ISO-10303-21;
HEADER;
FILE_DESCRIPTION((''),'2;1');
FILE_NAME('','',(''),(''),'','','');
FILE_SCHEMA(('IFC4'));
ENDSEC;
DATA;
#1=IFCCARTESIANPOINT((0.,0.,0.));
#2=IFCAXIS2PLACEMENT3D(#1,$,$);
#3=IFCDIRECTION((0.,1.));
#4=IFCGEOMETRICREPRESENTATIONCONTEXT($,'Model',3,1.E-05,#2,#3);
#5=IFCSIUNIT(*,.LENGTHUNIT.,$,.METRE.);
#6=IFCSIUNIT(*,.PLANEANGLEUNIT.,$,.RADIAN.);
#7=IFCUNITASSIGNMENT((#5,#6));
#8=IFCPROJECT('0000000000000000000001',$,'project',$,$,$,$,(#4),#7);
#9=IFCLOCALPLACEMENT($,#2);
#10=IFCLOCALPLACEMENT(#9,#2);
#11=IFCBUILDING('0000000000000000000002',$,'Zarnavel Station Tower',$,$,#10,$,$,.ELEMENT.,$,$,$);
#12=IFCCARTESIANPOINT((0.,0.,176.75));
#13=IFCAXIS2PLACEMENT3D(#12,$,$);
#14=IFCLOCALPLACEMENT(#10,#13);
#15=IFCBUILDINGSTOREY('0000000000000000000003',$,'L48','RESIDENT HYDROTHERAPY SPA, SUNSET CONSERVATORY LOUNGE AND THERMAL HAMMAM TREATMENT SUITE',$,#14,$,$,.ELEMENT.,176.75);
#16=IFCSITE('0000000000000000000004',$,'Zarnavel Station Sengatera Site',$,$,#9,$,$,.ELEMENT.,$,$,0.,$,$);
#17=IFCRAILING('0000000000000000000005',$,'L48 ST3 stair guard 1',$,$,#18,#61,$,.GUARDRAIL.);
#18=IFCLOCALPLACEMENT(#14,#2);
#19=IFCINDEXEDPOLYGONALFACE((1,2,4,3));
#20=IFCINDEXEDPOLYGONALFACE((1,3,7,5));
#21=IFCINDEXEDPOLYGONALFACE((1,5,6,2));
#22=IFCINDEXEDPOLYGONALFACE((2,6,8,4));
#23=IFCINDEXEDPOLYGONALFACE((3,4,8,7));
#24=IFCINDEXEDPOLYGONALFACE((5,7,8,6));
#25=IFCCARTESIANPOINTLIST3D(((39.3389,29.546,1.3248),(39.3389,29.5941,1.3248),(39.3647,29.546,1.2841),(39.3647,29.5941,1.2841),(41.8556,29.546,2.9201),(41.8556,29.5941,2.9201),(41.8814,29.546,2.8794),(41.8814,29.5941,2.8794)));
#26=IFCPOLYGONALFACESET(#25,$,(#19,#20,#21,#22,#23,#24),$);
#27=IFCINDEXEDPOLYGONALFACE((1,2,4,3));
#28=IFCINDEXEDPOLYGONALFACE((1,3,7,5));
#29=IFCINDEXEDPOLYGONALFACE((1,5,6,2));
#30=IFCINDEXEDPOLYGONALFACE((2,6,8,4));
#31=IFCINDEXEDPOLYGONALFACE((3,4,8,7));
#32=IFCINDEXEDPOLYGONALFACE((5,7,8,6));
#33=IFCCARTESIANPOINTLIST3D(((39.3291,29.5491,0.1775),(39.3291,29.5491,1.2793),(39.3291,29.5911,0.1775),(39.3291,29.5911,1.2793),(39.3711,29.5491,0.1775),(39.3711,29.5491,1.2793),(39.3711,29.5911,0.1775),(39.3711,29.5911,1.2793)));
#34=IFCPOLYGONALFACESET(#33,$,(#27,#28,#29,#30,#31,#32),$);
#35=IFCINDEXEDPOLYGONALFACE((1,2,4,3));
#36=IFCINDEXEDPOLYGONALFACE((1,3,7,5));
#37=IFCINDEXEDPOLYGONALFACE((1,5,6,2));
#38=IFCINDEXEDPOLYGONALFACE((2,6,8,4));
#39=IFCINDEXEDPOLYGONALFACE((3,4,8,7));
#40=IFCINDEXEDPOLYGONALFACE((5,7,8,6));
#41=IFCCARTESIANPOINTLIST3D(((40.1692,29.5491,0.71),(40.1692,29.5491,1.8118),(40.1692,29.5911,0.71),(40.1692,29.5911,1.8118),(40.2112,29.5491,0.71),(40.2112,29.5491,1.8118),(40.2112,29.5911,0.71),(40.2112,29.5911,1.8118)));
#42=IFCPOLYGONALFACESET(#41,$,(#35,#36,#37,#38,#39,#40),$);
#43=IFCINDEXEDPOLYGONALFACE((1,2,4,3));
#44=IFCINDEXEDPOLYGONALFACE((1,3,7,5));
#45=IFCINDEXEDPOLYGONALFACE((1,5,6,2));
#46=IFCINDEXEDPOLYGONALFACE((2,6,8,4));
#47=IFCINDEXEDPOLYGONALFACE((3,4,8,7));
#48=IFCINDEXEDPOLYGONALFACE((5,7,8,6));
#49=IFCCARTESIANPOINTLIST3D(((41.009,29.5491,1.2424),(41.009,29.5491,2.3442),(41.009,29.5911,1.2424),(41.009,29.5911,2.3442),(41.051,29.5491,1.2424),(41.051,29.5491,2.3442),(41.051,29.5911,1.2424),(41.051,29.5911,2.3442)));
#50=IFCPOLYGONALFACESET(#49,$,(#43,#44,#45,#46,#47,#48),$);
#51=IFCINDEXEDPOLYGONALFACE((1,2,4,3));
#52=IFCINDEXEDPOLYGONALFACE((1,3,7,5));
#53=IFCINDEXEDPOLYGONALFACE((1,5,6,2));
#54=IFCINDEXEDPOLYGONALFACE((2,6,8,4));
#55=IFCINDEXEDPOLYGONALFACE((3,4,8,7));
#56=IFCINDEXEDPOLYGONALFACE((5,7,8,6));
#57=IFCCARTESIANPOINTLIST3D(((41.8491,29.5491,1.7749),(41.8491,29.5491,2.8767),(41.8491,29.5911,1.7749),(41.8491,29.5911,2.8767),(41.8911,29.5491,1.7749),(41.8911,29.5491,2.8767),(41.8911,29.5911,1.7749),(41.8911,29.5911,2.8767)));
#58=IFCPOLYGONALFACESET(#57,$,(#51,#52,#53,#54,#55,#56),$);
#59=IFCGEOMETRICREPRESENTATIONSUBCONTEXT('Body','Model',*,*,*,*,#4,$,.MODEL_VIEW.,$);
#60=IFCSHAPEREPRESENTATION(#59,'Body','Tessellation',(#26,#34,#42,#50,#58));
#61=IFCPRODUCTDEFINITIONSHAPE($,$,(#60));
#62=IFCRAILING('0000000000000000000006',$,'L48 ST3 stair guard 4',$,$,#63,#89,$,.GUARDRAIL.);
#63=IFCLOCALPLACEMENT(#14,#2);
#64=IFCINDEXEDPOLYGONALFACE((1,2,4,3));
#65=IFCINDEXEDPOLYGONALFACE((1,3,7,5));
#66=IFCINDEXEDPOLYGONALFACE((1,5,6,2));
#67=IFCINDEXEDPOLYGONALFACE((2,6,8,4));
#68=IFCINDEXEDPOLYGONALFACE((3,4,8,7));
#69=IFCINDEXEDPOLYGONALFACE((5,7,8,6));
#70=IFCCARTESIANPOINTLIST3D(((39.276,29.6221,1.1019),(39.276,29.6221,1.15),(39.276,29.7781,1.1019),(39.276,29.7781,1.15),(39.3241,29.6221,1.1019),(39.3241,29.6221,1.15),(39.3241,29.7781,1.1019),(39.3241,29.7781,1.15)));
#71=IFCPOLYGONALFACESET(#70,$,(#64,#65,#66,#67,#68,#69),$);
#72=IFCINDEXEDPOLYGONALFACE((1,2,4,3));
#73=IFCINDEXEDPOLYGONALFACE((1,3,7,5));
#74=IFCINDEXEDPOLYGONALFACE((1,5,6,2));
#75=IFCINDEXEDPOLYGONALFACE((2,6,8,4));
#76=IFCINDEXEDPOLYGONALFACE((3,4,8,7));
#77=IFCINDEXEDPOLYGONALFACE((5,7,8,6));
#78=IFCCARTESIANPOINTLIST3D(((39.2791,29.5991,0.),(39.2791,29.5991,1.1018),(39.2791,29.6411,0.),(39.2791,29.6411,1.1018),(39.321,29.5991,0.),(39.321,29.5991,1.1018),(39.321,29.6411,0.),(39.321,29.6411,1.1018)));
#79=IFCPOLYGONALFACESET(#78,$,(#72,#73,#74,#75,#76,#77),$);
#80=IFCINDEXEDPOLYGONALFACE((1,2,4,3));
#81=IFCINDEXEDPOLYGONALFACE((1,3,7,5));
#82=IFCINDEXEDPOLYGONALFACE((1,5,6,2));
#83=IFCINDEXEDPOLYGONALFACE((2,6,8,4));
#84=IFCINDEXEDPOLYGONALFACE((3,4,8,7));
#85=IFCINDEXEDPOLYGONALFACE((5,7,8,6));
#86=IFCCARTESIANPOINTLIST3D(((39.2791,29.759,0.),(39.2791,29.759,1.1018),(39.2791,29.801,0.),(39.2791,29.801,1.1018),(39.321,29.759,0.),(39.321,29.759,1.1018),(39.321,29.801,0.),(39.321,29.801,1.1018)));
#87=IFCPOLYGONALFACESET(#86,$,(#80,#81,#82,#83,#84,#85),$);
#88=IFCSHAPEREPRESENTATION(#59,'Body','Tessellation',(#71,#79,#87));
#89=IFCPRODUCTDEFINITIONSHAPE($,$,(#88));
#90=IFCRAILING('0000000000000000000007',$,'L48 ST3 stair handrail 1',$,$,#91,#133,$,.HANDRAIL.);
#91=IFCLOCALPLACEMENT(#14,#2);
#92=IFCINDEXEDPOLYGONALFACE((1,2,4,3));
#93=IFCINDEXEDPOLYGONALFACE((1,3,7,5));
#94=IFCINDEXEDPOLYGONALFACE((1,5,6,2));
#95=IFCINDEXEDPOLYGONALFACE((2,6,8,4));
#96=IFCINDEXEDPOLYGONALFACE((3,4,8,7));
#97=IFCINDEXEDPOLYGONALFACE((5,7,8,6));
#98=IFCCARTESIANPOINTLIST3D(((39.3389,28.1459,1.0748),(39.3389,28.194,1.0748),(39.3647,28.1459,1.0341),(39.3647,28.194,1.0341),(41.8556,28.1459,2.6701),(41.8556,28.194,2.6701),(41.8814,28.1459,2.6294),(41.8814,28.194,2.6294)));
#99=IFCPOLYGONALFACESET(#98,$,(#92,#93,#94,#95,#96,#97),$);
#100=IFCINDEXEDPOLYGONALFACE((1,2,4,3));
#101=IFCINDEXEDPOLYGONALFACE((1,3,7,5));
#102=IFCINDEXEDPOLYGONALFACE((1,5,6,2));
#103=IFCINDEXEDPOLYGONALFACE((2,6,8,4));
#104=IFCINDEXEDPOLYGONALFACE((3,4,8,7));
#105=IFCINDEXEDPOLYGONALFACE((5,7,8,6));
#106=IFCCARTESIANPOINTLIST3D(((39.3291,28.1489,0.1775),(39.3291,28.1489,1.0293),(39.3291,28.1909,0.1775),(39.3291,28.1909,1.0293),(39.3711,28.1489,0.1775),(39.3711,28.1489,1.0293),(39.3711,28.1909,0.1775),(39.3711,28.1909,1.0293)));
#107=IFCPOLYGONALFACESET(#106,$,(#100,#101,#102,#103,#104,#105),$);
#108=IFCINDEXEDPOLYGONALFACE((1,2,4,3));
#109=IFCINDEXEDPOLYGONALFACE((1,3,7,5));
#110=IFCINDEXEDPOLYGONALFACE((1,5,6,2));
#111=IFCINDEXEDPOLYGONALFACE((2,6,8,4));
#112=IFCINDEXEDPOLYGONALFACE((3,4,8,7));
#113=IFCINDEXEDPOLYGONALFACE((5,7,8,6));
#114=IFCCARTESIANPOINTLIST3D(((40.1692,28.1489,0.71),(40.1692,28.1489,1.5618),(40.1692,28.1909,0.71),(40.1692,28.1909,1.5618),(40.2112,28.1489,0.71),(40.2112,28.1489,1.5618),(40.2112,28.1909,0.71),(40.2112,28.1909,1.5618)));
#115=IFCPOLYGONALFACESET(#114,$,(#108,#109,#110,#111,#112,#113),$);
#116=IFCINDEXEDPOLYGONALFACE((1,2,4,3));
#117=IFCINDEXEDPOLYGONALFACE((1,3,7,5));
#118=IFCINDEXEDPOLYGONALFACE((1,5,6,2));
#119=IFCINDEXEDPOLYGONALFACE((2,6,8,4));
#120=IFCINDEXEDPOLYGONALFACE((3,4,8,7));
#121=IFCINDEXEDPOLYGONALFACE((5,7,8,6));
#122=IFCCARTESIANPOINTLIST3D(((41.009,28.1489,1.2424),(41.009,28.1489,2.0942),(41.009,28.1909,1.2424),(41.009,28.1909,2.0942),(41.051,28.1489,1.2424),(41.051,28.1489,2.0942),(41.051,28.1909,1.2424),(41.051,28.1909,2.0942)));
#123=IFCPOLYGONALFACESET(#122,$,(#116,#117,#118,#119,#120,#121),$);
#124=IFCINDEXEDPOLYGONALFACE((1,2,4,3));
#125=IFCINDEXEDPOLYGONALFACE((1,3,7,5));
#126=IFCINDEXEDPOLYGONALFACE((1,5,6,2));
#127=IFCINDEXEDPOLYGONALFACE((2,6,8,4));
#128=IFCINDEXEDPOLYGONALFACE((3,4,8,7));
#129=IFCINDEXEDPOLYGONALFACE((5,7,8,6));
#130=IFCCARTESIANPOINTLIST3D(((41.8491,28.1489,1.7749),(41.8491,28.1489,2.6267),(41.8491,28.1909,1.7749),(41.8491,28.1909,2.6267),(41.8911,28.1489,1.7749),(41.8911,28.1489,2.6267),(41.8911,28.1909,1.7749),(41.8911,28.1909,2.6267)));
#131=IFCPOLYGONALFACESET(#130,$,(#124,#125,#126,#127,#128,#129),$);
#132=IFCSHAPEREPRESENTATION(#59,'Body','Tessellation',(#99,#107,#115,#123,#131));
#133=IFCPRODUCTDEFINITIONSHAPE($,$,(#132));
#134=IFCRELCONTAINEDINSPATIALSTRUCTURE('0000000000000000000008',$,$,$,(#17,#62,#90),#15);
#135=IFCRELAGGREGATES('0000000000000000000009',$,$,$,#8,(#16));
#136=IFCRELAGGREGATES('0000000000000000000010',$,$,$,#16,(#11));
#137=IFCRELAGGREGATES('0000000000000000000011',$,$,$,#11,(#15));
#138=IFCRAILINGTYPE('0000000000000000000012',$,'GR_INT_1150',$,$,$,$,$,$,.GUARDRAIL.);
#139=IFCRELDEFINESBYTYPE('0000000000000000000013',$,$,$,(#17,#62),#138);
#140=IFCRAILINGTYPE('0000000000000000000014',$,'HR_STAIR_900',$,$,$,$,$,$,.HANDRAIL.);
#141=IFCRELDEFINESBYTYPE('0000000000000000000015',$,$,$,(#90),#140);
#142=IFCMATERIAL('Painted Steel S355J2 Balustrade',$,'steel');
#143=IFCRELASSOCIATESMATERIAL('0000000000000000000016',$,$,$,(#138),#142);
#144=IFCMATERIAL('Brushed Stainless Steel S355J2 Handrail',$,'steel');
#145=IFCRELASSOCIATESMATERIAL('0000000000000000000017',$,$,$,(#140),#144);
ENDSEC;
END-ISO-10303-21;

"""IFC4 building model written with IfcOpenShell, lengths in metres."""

from ifc_helpers import new_model, si_unit, direction, frame, origin, origin_2d, place, context, subcontext, project, spatial, rectangle, extrude, material, type_object, element, save


model = new_model("IFC4")

# Units and contexts
model_context = context("Model", 3, precision=1e-05, world=origin(), true_north=direction((0.0, 1.0)))
body_context = subcontext(model_context, "Body", "Model", "MODEL_VIEW")
ifc_project = project(units=[si_unit("LENGTHUNIT", "METRE"), si_unit("PLANEANGLEUNIT", "RADIAN")], contexts=[model_context])

# Site, building, storey
site_placement = place(None, origin())
site = spatial("IfcSite", under=ifc_project, at=site_placement, Name="Zarnavel Station Sengatera Site", CompositionType="ELEMENT", RefElevation=0.0)
building_placement = place(site_placement, origin())
building = spatial("IfcBuilding", under=site, at=building_placement, Name="Zarnavel Station Tower", CompositionType="ELEMENT")
storey_placement = place(building_placement, frame((0.0, 0.0, 176.75)))
storey = spatial("IfcBuildingStorey", under=building, at=storey_placement, Name="L48", Description="RESIDENT HYDROTHERAPY SPA, SUNSET CONSERVATORY LOUNGE AND THERMAL HAMMAM TREATMENT SUITE", CompositionType="ELEMENT", Elevation=176.75)

# Railings
ifc_material_1 = material(Name="Painted Steel S355J2 Balustrade", Category="steel")
railing_type_1 = type_object("IfcRailingType", Name="GR_INT_1150", PredefinedType="GUARDRAIL", material=ifc_material_1)
railing_1_placement = place(storey_placement, frame((39.3501, 29.5701, 0.1775)))
element("IfcRailing", 1, at=railing_1_placement, inside=storey, type_object=railing_type_1, Name="L48 ST3 stair guard 1", PredefinedType="GUARDRAIL", context=body_context, shape_type="SweptSolid", body=[
    extrude(rectangle(XDim=0.0481, YDim=0.0481, at=origin_2d()), frame((0.0017, 0.0, 1.127), z_axis=(0.844607, 0.0, 0.535387), x_axis=(0.0, 1.0, 0.0)), (0.0, 0.0, 1.0), 2.9797),
    extrude(rectangle(XDim=0.042, YDim=0.042, at=origin_2d()), origin(), (0.0, 0.0, 1.0), 1.1018),
    extrude(rectangle(XDim=0.042, YDim=0.042, at=origin_2d()), frame((0.8401, 0.0, 0.5325)), (0.0, 0.0, 1.0), 1.1018),
    extrude(rectangle(XDim=0.042, YDim=0.042, at=origin_2d()), frame((1.6799, 0.0, 1.0649)), (0.0, 0.0, 1.0), 1.1018),
    extrude(rectangle(XDim=0.042, YDim=0.042, at=origin_2d()), frame((2.52, 0.0, 1.5974)), (0.0, 0.0, 1.0), 1.1018),
])
railing_2_placement = place(storey_placement, frame((39.3, 29.6201, 0.0)))
element("IfcRailing", 2, at=railing_2_placement, inside=storey, type_object=railing_type_1, Name="L48 ST3 stair guard 4", PredefinedType="GUARDRAIL", context=body_context, shape_type="SweptSolid", body=[
    extrude(rectangle(XDim=0.0481, YDim=0.0481, at=origin_2d()), frame((0.0, 0.002, 1.126), z_axis=(0.0, 1.0, 0.0), x_axis=(-1.0, 0.0, 0.0)), (0.0, 0.0, 1.0), 0.156),
    extrude(rectangle(XDim=0.042, YDim=0.042, at=origin_2d()), origin(), (0.0, 0.0, 1.0), 1.1018),
    extrude(rectangle(XDim=0.042, YDim=0.042, at=origin_2d()), frame((0.0, 0.1599, 0.0)), (0.0, 0.0, 1.0), 1.1018),
])
ifc_material_2 = material(Name="Brushed Stainless Steel S355J2 Handrail", Category="steel")
railing_type_2 = type_object("IfcRailingType", Name="HR_STAIR_900", PredefinedType="HANDRAIL", material=ifc_material_2)
railing_3_placement = place(storey_placement, frame((39.3501, 28.1699, 0.1775)))
element("IfcRailing", 3, at=railing_3_placement, inside=storey, type_object=railing_type_2, Name="L48 ST3 stair handrail 1", PredefinedType="HANDRAIL", context=body_context, shape_type="SweptSolid", body=[
    extrude(rectangle(XDim=0.0481, YDim=0.0481, at=origin_2d()), frame((0.0017, 0.0, 0.877), z_axis=(0.844607, 0.0, 0.535387), x_axis=(0.0, 1.0, 0.0)), (0.0, 0.0, 1.0), 2.9797),
    extrude(rectangle(XDim=0.042, YDim=0.042, at=origin_2d()), origin(), (0.0, 0.0, 1.0), 0.8518),
    extrude(rectangle(XDim=0.042, YDim=0.042, at=origin_2d()), frame((0.8401, 0.0, 0.5325)), (0.0, 0.0, 1.0), 0.8518),
    extrude(rectangle(XDim=0.042, YDim=0.042, at=origin_2d()), frame((1.6799, 0.0, 1.0649)), (0.0, 0.0, 1.0), 0.8518),
    extrude(rectangle(XDim=0.042, YDim=0.042, at=origin_2d()), frame((2.52, 0.0, 1.5974)), (0.0, 0.0, 1.0), 0.8518),
])

save(model, "model.ifc")
